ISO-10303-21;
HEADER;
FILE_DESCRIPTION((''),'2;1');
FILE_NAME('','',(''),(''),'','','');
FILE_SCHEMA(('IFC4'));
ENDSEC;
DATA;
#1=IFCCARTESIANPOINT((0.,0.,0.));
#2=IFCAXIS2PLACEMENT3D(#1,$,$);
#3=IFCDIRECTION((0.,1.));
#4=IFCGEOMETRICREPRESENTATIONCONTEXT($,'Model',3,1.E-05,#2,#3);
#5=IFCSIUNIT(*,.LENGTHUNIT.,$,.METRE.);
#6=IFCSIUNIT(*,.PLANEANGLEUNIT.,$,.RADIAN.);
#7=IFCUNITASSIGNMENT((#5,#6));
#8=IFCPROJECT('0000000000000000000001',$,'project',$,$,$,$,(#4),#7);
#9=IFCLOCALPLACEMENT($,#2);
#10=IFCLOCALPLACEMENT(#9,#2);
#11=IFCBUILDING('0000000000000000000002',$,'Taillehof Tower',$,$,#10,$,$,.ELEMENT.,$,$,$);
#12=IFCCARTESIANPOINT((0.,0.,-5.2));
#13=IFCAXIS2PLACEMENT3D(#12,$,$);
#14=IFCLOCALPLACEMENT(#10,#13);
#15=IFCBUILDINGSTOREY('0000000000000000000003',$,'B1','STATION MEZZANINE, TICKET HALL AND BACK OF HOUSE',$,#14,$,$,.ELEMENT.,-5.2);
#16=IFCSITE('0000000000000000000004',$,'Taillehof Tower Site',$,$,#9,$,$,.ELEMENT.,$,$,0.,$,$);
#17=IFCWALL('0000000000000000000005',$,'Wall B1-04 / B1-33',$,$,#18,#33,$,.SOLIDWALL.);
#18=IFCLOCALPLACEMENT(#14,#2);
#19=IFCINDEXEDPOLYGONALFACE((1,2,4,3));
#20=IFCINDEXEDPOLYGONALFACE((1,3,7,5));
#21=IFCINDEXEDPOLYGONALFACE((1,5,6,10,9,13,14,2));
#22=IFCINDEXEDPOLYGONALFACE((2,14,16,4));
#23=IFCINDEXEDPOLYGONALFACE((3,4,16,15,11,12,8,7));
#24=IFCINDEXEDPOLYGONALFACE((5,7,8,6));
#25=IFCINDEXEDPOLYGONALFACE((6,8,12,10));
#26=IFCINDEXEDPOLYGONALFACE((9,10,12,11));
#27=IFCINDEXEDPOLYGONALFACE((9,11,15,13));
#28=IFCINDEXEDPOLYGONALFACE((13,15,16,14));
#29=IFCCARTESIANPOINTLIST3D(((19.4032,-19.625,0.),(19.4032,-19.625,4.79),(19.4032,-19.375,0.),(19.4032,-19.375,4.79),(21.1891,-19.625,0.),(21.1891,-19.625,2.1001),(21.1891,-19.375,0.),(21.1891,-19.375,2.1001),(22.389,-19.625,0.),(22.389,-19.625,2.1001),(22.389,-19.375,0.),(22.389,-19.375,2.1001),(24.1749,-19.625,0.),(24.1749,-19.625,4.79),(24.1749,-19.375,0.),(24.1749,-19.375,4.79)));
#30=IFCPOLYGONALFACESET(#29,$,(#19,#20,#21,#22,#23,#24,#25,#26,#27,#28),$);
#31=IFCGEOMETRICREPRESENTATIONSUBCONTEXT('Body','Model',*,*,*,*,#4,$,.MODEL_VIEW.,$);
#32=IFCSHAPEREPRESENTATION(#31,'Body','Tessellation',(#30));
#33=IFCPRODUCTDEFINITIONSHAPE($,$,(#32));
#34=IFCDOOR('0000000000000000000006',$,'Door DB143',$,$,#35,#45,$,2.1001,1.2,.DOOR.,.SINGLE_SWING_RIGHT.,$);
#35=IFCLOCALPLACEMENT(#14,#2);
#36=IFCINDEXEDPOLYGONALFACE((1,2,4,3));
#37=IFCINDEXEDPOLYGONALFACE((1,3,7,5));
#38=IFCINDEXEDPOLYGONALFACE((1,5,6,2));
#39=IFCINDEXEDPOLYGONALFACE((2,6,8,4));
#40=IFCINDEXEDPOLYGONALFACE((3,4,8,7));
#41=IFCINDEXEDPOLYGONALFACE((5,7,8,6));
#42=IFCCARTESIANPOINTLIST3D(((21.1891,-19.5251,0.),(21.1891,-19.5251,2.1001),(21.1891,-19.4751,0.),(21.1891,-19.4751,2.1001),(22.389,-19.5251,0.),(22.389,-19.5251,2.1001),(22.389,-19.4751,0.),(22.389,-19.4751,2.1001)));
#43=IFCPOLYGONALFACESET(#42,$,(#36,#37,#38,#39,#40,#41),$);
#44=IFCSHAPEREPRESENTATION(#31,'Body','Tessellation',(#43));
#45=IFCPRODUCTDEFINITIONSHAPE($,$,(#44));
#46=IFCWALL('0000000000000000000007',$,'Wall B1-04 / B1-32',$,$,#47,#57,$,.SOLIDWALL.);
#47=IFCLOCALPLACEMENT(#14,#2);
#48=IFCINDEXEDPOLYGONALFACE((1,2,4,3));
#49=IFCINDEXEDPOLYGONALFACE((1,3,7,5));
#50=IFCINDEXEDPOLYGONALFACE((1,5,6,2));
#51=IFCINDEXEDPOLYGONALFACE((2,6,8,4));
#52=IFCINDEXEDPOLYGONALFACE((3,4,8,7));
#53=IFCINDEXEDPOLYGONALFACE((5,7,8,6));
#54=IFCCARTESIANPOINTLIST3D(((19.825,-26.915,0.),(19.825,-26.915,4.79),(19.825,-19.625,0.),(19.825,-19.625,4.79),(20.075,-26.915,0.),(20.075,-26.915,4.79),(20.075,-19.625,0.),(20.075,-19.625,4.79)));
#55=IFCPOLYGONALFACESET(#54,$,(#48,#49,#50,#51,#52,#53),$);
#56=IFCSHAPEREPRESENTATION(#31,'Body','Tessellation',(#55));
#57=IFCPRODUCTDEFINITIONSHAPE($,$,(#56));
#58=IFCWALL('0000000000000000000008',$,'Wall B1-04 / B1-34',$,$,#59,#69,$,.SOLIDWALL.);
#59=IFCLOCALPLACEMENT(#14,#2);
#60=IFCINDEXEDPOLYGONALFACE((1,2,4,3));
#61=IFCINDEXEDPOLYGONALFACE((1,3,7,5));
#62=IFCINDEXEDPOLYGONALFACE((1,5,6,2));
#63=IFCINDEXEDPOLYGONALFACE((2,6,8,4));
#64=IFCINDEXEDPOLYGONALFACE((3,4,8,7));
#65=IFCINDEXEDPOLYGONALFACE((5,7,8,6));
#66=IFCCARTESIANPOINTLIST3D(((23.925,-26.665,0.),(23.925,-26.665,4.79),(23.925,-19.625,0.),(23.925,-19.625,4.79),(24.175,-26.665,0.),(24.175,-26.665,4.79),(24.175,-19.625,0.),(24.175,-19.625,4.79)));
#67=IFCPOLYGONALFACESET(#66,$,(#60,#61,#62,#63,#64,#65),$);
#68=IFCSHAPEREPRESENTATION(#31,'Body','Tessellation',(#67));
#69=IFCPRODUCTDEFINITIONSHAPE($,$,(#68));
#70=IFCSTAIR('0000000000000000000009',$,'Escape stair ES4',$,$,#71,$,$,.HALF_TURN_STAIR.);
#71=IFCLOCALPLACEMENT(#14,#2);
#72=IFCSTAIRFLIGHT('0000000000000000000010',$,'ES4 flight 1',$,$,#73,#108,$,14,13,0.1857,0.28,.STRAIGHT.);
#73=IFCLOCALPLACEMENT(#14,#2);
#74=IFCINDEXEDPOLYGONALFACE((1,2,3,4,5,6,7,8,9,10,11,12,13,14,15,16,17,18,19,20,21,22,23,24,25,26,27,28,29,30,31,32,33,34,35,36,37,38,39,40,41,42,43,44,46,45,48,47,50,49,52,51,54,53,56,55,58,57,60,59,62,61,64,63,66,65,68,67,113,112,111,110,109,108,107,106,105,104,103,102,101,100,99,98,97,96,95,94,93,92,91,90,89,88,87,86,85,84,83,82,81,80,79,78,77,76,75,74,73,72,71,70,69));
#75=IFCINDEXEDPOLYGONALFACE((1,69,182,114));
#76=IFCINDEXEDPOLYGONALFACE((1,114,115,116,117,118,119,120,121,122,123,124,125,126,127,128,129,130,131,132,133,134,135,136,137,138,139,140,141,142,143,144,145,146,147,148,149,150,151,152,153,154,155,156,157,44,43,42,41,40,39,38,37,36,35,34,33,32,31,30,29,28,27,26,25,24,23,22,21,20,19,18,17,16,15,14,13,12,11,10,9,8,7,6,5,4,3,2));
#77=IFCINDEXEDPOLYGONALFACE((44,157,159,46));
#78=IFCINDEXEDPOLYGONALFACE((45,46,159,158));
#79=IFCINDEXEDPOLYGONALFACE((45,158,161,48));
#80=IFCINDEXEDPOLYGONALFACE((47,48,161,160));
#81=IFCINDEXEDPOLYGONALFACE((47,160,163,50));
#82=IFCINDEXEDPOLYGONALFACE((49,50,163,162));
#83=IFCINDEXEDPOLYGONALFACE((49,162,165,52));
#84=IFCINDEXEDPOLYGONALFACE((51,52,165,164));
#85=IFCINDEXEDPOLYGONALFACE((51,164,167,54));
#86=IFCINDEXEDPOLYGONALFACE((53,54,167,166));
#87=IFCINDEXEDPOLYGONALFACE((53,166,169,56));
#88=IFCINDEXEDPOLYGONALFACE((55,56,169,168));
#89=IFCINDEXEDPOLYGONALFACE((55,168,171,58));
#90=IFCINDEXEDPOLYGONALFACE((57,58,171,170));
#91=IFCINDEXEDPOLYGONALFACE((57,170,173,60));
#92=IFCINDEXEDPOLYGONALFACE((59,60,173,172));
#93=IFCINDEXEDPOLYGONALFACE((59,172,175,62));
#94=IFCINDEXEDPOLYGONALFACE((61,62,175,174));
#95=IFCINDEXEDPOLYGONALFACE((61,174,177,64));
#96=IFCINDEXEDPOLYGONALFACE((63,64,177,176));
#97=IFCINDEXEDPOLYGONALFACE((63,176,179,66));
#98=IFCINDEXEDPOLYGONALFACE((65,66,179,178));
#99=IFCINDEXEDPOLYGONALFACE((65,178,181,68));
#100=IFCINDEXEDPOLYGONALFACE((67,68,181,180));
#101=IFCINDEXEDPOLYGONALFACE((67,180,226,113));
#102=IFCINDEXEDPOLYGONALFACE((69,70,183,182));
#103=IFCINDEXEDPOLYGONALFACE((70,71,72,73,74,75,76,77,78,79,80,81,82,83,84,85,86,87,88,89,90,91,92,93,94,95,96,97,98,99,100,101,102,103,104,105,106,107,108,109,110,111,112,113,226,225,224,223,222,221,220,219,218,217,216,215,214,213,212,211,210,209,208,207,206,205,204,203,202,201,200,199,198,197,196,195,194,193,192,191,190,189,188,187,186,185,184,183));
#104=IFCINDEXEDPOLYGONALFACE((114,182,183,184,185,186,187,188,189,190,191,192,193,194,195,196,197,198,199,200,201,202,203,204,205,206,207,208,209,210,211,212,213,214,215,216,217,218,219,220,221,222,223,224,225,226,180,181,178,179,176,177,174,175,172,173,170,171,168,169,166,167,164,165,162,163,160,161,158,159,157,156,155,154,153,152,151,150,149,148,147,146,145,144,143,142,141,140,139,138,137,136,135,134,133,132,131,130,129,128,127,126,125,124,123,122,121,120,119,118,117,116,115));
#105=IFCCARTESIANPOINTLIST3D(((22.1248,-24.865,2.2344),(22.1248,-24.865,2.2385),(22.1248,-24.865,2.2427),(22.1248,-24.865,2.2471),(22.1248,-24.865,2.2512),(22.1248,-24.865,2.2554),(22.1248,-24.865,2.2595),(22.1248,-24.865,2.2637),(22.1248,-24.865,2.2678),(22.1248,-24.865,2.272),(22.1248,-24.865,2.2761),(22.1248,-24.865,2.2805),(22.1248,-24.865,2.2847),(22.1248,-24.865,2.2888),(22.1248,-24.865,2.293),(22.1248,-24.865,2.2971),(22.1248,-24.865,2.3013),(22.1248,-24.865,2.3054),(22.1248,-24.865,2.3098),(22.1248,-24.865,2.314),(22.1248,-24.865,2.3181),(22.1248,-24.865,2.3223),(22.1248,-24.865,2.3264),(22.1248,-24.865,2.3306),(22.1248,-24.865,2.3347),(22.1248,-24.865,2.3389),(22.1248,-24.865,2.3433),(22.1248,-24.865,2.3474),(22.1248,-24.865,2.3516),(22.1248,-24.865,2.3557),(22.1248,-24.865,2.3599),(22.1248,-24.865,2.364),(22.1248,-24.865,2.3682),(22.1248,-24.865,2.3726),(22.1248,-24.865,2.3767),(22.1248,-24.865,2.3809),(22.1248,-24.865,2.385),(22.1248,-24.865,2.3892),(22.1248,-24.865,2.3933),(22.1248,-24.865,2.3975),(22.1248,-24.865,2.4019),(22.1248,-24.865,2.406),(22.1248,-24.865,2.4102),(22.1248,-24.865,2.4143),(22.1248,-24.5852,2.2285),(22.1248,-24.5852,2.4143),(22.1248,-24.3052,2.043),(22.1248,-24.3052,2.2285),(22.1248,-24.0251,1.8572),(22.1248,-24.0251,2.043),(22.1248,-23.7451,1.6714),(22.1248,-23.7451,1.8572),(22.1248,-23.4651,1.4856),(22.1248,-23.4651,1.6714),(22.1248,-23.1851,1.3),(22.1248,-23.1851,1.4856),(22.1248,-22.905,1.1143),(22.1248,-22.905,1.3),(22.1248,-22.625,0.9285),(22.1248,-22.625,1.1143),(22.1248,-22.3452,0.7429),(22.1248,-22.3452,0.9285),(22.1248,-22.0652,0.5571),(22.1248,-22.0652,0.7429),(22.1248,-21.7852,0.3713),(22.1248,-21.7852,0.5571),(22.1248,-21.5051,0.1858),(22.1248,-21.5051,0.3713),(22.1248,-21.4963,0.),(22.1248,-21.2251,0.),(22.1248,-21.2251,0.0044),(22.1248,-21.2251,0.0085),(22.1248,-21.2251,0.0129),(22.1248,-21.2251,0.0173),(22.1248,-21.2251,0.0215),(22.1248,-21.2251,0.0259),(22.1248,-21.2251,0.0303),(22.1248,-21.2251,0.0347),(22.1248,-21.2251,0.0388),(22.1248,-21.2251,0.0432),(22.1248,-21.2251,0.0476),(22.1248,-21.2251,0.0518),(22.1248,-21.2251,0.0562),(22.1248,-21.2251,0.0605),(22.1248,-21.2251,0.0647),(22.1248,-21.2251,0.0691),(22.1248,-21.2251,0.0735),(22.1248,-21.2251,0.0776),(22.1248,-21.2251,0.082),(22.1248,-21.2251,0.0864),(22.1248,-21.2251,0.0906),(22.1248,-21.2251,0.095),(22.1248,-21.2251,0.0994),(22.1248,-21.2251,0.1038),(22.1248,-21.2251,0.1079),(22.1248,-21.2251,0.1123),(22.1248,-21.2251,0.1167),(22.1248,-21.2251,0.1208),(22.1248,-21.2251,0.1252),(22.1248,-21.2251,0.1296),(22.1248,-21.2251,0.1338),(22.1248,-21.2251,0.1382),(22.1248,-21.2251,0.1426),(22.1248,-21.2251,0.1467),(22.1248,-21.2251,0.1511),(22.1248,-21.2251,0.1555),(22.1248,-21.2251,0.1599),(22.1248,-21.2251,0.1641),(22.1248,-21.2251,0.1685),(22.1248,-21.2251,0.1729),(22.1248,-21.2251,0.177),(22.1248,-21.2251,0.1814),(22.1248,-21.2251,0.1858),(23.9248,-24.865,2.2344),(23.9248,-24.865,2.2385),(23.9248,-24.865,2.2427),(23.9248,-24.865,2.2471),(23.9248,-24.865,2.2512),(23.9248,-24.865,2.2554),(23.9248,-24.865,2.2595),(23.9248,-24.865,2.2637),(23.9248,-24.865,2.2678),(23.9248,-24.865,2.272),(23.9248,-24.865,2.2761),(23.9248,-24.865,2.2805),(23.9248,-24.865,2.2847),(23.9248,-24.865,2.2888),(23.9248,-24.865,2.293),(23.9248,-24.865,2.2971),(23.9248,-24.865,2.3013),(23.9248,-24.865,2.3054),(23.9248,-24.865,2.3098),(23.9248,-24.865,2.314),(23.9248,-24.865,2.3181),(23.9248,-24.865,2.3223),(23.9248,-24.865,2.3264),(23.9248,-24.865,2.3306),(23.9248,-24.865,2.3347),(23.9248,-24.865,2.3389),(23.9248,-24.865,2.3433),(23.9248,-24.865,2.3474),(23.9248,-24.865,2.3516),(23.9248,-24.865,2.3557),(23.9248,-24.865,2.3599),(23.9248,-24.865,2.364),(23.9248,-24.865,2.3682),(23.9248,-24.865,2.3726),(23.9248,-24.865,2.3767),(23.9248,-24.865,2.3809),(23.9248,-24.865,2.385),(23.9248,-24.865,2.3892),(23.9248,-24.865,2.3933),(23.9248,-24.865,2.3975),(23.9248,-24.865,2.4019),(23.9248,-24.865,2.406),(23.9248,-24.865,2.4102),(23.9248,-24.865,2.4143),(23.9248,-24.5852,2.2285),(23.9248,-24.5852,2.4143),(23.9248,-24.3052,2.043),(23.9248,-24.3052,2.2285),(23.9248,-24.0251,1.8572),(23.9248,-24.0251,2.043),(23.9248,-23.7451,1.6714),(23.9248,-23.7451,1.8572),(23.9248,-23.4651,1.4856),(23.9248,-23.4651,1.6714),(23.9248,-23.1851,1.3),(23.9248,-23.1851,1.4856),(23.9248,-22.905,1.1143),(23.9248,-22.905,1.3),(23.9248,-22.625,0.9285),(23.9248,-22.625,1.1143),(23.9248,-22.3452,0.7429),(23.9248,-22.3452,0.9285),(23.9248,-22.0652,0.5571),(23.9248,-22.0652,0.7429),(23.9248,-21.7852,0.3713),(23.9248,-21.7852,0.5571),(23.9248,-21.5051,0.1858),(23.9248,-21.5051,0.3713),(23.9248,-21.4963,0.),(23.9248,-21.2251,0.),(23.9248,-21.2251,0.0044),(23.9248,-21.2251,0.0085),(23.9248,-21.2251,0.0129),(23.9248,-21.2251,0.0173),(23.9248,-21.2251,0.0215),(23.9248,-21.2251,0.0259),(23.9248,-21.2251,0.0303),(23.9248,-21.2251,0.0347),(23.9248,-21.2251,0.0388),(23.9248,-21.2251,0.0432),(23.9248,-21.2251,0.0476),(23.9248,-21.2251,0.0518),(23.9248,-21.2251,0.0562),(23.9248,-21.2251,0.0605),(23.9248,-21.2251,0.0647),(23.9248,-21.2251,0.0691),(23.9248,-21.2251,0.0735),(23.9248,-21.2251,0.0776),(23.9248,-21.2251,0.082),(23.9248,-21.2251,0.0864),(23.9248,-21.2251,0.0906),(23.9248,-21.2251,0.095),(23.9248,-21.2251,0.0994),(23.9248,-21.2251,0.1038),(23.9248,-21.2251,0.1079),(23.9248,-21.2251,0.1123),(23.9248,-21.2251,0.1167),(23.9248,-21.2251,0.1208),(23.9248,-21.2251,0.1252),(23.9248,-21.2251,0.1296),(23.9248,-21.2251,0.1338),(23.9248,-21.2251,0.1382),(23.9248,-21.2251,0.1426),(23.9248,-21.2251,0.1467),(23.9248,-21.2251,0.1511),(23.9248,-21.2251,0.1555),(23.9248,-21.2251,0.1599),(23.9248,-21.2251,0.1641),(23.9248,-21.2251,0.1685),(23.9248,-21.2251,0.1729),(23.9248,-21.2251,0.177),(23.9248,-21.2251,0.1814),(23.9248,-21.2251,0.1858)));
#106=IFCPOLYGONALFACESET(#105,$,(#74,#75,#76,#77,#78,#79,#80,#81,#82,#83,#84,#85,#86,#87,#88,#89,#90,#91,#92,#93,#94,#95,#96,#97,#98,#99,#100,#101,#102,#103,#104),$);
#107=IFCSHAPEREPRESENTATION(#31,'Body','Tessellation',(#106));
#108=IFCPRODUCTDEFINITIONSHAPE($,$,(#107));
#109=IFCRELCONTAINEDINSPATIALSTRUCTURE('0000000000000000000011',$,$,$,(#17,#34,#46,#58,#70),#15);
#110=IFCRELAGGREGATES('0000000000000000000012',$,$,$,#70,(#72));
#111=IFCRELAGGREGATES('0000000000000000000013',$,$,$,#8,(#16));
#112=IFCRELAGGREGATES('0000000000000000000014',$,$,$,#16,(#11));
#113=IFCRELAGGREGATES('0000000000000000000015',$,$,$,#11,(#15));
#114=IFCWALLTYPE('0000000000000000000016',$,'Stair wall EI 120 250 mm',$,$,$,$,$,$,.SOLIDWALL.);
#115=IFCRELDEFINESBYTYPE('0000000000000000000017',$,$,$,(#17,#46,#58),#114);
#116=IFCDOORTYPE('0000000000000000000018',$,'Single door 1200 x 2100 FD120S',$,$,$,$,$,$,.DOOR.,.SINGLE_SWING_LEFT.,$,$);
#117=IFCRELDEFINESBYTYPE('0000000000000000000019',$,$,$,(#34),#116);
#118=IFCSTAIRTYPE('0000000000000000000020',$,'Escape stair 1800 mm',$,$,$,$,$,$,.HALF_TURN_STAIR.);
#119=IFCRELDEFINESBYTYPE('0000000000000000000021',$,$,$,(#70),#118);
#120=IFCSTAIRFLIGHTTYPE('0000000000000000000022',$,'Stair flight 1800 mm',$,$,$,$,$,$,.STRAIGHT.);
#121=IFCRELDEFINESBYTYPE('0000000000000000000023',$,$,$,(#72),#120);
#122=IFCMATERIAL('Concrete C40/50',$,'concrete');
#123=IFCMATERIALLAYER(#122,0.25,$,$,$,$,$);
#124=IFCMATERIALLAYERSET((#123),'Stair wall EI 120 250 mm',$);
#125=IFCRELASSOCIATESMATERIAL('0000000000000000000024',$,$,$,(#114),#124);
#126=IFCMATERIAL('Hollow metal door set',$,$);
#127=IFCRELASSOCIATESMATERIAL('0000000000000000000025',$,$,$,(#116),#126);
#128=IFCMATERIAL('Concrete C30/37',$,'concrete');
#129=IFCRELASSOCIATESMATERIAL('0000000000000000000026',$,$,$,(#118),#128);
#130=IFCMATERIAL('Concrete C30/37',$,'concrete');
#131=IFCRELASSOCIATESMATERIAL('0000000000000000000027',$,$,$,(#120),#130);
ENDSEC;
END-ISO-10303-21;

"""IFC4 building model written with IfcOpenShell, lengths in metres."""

from ifc_helpers import new_model, si_unit, direction, frame, frame_2d, origin, place, context, subcontext, project, spatial, polyline, rectangle, outline, extrude, material, layer, layer_set, type_object, element, fill, aggregate, save


model = new_model("IFC4")

# Units and contexts
model_context = context("Model", 3, precision=1e-05, world=origin(), true_north=direction((0.0, 1.0)))
body_context = subcontext(model_context, "Body", "Model", "MODEL_VIEW")
ifc_project = project(units=[si_unit("LENGTHUNIT", "METRE"), si_unit("PLANEANGLEUNIT", "RADIAN")], contexts=[model_context])

# Site, building, storey
site_placement = place(None, origin())
site = spatial("IfcSite", under=ifc_project, at=site_placement, Name="Taillehof Tower Site", CompositionType="ELEMENT", RefElevation=0.0)
building_placement = place(site_placement, origin())
building = spatial("IfcBuilding", under=site, at=building_placement, Name="Taillehof Tower", CompositionType="ELEMENT")
storey_placement = place(building_placement, frame((0.0, 0.0, -5.2)))
storey = spatial("IfcBuildingStorey", under=building, at=storey_placement, Name="B1", Description="STATION MEZZANINE, TICKET HALL AND BACK OF HOUSE", CompositionType="ELEMENT", Elevation=-5.2)

# Shared definitions
ifc_material_1 = material(Name="Concrete C40/50", Category="concrete")
ifc_layer_1 = layer(ifc_material_1, 0.25)
ifc_layer_set_1 = layer_set([ifc_layer_1], Name="Stair wall EI 120 250 mm")
wall_type_1 = type_object("IfcWallType", Name="Stair wall EI 120 250 mm", PredefinedType="SOLIDWALL", material=ifc_layer_set_1)

# Wall, opening, door
wall_1_placement = place(storey_placement, frame((19.4033, -19.5, 0.0), z_axis=(0.0, 0.0, 1.0), x_axis=(1.0, 0.0, 0.0)))
wall_1 = element("IfcWall", 1, at=wall_1_placement, inside=storey, type_object=wall_type_1, Name="Wall B1-04 / B1-33", PredefinedType="SOLIDWALL", context=body_context, shape_type="SweptSolid", body=[
    extrude(rectangle(XDim=4.7717, YDim=0.25, at=frame_2d((2.3857, 0.0))), origin(), (0.0, 0.0, 1.0), 4.79),
])
opening_placement = place(wall_1_placement, frame((1.7856, 0.0, 0.0)))
opening = element("IfcOpeningElement", 2, at=opening_placement, cuts=wall_1, PredefinedType="OPENING", context=body_context, shape_type="SweptSolid", body=[
    extrude(rectangle(XDim=1.2, YDim=2.1001, at=frame_2d((0.6001, 1.05))), frame((0.0, 0.135, 0.0), z_axis=(0.0, -1.0, 0.0), x_axis=(1.0, 0.0, 0.0)), (0.0, 0.0, 1.0), 0.27),
])
ifc_material_2 = material(Name="Hollow metal door set")
door_type = type_object("IfcDoorType", Name="Single door 1200 x 2100 FD120S", OperationType="SINGLE_SWING_LEFT", PredefinedType="DOOR", material=ifc_material_2)
door_placement = place(opening_placement, origin())
door = element("IfcDoor", 3, at=door_placement, inside=storey, type_object=door_type, Name="Door DB143", OperationType="SINGLE_SWING_RIGHT", OverallHeight=2.1001, OverallWidth=1.2, PredefinedType="DOOR", context=body_context, shape_type="SweptSolid", body=[
    extrude(rectangle(XDim=1.2, YDim=2.1001, at=frame_2d((0.6001, 1.05))), frame((0.0, 0.0249, 0.0), z_axis=(0.0, -1.0, 0.0), x_axis=(1.0, 0.0, 0.0)), (0.0, 0.0, 1.0), 0.05),
])
fill(opening, door)

# Walls
wall_2_placement = place(storey_placement, frame((19.95, -26.915, 0.0), z_axis=(0.0, 0.0, 1.0), x_axis=(0.0, 1.0, 0.0)))
element("IfcWall", 4, at=wall_2_placement, inside=storey, type_object=wall_type_1, Name="Wall B1-04 / B1-32", PredefinedType="SOLIDWALL", context=body_context, shape_type="SweptSolid", body=[
    extrude(rectangle(XDim=7.29, YDim=0.25, at=frame_2d((3.645, 0.0))), origin(), (0.0, 0.0, 1.0), 4.79),
])
wall_3_placement = place(storey_placement, frame((24.05, -26.665, 0.0), z_axis=(0.0, 0.0, 1.0), x_axis=(0.0, 1.0, 0.0)))
element("IfcWall", 5, at=wall_3_placement, inside=storey, type_object=wall_type_1, Name="Wall B1-04 / B1-34", PredefinedType="SOLIDWALL", context=body_context, shape_type="SweptSolid", body=[
    extrude(rectangle(XDim=7.04, YDim=0.25, at=frame_2d((3.52, 0.0))), origin(), (0.0, 0.0, 1.0), 4.79),
])

# Stair, stair flight
ifc_material_3 = material(Name="Concrete C30/37", Category="concrete")
stair_type = type_object("IfcStairType", Name="Escape stair 1800 mm", PredefinedType="HALF_TURN_STAIR", material=ifc_material_3)
stair_placement = place(storey_placement, origin())
stair = element("IfcStair", 6, at=stair_placement, inside=storey, type_object=stair_type, Name="Escape stair ES4", PredefinedType="HALF_TURN_STAIR")
ifc_material_4 = material(Name="Concrete C30/37", Category="concrete")
stair_flight_type = type_object("IfcStairFlightType", Name="Stair flight 1800 mm", PredefinedType="STRAIGHT", material=ifc_material_4)
stair_flight_1_placement = place(storey_placement, frame((23.0249, -21.2251, 0.0), z_axis=(0.0, 0.0, 1.0), x_axis=(0.0, -1.0, 0.0)))
stair_flight_1 = element("IfcStairFlight", 7, at=stair_flight_1_placement, type_object=stair_flight_type, Name="ES4 flight 1", NumberOfRisers=14, NumberOfTreads=13, PredefinedType="STRAIGHT", RiserHeight=0.1857, TreadLength=0.28, context=body_context, shape_type="SweptSolid", body=[
    extrude(outline(polyline([(0.0, 0.0), (0.0, 0.0044), (0.0, 0.0085), (0.0, 0.0129), (0.0, 0.0173), (0.0, 0.0215), (0.0, 0.0259), (0.0, 0.0303), (0.0, 0.0347), (0.0, 0.0388), (0.0, 0.0432), (0.0, 0.0476), (0.0, 0.0518), (0.0, 0.0562), (0.0, 0.0605), (0.0, 0.0647), (0.0, 0.0691), (0.0, 0.0735), (0.0, 0.0776), (0.0, 0.082), (0.0, 0.0864), (0.0, 0.0906), (0.0, 0.095), (0.0, 0.0994), (0.0, 0.1038), (0.0, 0.1079), (0.0, 0.1123), (0.0, 0.1167), (0.0, 0.1208), (0.0, 0.1252), (0.0, 0.1296), (0.0, 0.1338), (0.0, 0.1382), (0.0, 0.1426), (0.0, 0.1467), (0.0, 0.1511), (0.0, 0.1555), (0.0, 0.1599), (0.0, 0.1641), (0.0, 0.1685), (0.0, 0.1729), (0.0, 0.177), (0.0, 0.1814), (0.0, 0.1858), (0.28, 0.1858), (0.28, 0.3713), (0.5601, 0.3713), (0.5601, 0.5571), (0.8401, 0.5571), (0.8401, 0.7429), (1.1201, 0.7429), (1.1201, 0.9285), (1.3999, 0.9285), (1.3999, 1.1143), (1.6799, 1.1143), (1.6799, 1.3), (1.96, 1.3), (1.96, 1.4856), (2.24, 1.4856), (2.24, 1.6714), (2.52, 1.6714), (2.52, 1.8572), (2.8, 1.8572), (2.8, 2.043), (3.0801, 2.043), (3.0801, 2.2285), (3.3601, 2.2285), (3.3601, 2.4143), (3.6399, 2.4143), (3.6399, 2.4102), (3.6399, 2.406), (3.6399, 2.4019), (3.6399, 2.3975), (3.6399, 2.3933), (3.6399, 2.3892), (3.6399, 2.385), (3.6399, 2.3809), (3.6399, 2.3767), (3.6399, 2.3726), (3.6399, 2.3682), (3.6399, 2.364), (3.6399, 2.3599), (3.6399, 2.3557), (3.6399, 2.3516), (3.6399, 2.3474), (3.6399, 2.3433), (3.6399, 2.3389), (3.6399, 2.3347), (3.6399, 2.3306), (3.6399, 2.3264), (3.6399, 2.3223), (3.6399, 2.3181), (3.6399, 2.314), (3.6399, 2.3098), (3.6399, 2.3054), (3.6399, 2.3013), (3.6399, 2.2971), (3.6399, 2.293), (3.6399, 2.2888), (3.6399, 2.2847), (3.6399, 2.2805), (3.6399, 2.2761), (3.6399, 2.272), (3.6399, 2.2678), (3.6399, 2.2637), (3.6399, 2.2595), (3.6399, 2.2554), (3.6399, 2.2512), (3.6399, 2.2471), (3.6399, 2.2427), (3.6399, 2.2385), (3.6399, 2.2344), (0.2712, 0.0), (0.0, 0.0)])), frame((0.0, 0.8999, 0.0), z_axis=(0.0, -1.0, 0.0), x_axis=(1.0, 0.0, 0.0)), (0.0, 0.0, 1.0), 1.8),
])
aggregate(stair, [stair_flight_1])

save(model, "model.ifc")
